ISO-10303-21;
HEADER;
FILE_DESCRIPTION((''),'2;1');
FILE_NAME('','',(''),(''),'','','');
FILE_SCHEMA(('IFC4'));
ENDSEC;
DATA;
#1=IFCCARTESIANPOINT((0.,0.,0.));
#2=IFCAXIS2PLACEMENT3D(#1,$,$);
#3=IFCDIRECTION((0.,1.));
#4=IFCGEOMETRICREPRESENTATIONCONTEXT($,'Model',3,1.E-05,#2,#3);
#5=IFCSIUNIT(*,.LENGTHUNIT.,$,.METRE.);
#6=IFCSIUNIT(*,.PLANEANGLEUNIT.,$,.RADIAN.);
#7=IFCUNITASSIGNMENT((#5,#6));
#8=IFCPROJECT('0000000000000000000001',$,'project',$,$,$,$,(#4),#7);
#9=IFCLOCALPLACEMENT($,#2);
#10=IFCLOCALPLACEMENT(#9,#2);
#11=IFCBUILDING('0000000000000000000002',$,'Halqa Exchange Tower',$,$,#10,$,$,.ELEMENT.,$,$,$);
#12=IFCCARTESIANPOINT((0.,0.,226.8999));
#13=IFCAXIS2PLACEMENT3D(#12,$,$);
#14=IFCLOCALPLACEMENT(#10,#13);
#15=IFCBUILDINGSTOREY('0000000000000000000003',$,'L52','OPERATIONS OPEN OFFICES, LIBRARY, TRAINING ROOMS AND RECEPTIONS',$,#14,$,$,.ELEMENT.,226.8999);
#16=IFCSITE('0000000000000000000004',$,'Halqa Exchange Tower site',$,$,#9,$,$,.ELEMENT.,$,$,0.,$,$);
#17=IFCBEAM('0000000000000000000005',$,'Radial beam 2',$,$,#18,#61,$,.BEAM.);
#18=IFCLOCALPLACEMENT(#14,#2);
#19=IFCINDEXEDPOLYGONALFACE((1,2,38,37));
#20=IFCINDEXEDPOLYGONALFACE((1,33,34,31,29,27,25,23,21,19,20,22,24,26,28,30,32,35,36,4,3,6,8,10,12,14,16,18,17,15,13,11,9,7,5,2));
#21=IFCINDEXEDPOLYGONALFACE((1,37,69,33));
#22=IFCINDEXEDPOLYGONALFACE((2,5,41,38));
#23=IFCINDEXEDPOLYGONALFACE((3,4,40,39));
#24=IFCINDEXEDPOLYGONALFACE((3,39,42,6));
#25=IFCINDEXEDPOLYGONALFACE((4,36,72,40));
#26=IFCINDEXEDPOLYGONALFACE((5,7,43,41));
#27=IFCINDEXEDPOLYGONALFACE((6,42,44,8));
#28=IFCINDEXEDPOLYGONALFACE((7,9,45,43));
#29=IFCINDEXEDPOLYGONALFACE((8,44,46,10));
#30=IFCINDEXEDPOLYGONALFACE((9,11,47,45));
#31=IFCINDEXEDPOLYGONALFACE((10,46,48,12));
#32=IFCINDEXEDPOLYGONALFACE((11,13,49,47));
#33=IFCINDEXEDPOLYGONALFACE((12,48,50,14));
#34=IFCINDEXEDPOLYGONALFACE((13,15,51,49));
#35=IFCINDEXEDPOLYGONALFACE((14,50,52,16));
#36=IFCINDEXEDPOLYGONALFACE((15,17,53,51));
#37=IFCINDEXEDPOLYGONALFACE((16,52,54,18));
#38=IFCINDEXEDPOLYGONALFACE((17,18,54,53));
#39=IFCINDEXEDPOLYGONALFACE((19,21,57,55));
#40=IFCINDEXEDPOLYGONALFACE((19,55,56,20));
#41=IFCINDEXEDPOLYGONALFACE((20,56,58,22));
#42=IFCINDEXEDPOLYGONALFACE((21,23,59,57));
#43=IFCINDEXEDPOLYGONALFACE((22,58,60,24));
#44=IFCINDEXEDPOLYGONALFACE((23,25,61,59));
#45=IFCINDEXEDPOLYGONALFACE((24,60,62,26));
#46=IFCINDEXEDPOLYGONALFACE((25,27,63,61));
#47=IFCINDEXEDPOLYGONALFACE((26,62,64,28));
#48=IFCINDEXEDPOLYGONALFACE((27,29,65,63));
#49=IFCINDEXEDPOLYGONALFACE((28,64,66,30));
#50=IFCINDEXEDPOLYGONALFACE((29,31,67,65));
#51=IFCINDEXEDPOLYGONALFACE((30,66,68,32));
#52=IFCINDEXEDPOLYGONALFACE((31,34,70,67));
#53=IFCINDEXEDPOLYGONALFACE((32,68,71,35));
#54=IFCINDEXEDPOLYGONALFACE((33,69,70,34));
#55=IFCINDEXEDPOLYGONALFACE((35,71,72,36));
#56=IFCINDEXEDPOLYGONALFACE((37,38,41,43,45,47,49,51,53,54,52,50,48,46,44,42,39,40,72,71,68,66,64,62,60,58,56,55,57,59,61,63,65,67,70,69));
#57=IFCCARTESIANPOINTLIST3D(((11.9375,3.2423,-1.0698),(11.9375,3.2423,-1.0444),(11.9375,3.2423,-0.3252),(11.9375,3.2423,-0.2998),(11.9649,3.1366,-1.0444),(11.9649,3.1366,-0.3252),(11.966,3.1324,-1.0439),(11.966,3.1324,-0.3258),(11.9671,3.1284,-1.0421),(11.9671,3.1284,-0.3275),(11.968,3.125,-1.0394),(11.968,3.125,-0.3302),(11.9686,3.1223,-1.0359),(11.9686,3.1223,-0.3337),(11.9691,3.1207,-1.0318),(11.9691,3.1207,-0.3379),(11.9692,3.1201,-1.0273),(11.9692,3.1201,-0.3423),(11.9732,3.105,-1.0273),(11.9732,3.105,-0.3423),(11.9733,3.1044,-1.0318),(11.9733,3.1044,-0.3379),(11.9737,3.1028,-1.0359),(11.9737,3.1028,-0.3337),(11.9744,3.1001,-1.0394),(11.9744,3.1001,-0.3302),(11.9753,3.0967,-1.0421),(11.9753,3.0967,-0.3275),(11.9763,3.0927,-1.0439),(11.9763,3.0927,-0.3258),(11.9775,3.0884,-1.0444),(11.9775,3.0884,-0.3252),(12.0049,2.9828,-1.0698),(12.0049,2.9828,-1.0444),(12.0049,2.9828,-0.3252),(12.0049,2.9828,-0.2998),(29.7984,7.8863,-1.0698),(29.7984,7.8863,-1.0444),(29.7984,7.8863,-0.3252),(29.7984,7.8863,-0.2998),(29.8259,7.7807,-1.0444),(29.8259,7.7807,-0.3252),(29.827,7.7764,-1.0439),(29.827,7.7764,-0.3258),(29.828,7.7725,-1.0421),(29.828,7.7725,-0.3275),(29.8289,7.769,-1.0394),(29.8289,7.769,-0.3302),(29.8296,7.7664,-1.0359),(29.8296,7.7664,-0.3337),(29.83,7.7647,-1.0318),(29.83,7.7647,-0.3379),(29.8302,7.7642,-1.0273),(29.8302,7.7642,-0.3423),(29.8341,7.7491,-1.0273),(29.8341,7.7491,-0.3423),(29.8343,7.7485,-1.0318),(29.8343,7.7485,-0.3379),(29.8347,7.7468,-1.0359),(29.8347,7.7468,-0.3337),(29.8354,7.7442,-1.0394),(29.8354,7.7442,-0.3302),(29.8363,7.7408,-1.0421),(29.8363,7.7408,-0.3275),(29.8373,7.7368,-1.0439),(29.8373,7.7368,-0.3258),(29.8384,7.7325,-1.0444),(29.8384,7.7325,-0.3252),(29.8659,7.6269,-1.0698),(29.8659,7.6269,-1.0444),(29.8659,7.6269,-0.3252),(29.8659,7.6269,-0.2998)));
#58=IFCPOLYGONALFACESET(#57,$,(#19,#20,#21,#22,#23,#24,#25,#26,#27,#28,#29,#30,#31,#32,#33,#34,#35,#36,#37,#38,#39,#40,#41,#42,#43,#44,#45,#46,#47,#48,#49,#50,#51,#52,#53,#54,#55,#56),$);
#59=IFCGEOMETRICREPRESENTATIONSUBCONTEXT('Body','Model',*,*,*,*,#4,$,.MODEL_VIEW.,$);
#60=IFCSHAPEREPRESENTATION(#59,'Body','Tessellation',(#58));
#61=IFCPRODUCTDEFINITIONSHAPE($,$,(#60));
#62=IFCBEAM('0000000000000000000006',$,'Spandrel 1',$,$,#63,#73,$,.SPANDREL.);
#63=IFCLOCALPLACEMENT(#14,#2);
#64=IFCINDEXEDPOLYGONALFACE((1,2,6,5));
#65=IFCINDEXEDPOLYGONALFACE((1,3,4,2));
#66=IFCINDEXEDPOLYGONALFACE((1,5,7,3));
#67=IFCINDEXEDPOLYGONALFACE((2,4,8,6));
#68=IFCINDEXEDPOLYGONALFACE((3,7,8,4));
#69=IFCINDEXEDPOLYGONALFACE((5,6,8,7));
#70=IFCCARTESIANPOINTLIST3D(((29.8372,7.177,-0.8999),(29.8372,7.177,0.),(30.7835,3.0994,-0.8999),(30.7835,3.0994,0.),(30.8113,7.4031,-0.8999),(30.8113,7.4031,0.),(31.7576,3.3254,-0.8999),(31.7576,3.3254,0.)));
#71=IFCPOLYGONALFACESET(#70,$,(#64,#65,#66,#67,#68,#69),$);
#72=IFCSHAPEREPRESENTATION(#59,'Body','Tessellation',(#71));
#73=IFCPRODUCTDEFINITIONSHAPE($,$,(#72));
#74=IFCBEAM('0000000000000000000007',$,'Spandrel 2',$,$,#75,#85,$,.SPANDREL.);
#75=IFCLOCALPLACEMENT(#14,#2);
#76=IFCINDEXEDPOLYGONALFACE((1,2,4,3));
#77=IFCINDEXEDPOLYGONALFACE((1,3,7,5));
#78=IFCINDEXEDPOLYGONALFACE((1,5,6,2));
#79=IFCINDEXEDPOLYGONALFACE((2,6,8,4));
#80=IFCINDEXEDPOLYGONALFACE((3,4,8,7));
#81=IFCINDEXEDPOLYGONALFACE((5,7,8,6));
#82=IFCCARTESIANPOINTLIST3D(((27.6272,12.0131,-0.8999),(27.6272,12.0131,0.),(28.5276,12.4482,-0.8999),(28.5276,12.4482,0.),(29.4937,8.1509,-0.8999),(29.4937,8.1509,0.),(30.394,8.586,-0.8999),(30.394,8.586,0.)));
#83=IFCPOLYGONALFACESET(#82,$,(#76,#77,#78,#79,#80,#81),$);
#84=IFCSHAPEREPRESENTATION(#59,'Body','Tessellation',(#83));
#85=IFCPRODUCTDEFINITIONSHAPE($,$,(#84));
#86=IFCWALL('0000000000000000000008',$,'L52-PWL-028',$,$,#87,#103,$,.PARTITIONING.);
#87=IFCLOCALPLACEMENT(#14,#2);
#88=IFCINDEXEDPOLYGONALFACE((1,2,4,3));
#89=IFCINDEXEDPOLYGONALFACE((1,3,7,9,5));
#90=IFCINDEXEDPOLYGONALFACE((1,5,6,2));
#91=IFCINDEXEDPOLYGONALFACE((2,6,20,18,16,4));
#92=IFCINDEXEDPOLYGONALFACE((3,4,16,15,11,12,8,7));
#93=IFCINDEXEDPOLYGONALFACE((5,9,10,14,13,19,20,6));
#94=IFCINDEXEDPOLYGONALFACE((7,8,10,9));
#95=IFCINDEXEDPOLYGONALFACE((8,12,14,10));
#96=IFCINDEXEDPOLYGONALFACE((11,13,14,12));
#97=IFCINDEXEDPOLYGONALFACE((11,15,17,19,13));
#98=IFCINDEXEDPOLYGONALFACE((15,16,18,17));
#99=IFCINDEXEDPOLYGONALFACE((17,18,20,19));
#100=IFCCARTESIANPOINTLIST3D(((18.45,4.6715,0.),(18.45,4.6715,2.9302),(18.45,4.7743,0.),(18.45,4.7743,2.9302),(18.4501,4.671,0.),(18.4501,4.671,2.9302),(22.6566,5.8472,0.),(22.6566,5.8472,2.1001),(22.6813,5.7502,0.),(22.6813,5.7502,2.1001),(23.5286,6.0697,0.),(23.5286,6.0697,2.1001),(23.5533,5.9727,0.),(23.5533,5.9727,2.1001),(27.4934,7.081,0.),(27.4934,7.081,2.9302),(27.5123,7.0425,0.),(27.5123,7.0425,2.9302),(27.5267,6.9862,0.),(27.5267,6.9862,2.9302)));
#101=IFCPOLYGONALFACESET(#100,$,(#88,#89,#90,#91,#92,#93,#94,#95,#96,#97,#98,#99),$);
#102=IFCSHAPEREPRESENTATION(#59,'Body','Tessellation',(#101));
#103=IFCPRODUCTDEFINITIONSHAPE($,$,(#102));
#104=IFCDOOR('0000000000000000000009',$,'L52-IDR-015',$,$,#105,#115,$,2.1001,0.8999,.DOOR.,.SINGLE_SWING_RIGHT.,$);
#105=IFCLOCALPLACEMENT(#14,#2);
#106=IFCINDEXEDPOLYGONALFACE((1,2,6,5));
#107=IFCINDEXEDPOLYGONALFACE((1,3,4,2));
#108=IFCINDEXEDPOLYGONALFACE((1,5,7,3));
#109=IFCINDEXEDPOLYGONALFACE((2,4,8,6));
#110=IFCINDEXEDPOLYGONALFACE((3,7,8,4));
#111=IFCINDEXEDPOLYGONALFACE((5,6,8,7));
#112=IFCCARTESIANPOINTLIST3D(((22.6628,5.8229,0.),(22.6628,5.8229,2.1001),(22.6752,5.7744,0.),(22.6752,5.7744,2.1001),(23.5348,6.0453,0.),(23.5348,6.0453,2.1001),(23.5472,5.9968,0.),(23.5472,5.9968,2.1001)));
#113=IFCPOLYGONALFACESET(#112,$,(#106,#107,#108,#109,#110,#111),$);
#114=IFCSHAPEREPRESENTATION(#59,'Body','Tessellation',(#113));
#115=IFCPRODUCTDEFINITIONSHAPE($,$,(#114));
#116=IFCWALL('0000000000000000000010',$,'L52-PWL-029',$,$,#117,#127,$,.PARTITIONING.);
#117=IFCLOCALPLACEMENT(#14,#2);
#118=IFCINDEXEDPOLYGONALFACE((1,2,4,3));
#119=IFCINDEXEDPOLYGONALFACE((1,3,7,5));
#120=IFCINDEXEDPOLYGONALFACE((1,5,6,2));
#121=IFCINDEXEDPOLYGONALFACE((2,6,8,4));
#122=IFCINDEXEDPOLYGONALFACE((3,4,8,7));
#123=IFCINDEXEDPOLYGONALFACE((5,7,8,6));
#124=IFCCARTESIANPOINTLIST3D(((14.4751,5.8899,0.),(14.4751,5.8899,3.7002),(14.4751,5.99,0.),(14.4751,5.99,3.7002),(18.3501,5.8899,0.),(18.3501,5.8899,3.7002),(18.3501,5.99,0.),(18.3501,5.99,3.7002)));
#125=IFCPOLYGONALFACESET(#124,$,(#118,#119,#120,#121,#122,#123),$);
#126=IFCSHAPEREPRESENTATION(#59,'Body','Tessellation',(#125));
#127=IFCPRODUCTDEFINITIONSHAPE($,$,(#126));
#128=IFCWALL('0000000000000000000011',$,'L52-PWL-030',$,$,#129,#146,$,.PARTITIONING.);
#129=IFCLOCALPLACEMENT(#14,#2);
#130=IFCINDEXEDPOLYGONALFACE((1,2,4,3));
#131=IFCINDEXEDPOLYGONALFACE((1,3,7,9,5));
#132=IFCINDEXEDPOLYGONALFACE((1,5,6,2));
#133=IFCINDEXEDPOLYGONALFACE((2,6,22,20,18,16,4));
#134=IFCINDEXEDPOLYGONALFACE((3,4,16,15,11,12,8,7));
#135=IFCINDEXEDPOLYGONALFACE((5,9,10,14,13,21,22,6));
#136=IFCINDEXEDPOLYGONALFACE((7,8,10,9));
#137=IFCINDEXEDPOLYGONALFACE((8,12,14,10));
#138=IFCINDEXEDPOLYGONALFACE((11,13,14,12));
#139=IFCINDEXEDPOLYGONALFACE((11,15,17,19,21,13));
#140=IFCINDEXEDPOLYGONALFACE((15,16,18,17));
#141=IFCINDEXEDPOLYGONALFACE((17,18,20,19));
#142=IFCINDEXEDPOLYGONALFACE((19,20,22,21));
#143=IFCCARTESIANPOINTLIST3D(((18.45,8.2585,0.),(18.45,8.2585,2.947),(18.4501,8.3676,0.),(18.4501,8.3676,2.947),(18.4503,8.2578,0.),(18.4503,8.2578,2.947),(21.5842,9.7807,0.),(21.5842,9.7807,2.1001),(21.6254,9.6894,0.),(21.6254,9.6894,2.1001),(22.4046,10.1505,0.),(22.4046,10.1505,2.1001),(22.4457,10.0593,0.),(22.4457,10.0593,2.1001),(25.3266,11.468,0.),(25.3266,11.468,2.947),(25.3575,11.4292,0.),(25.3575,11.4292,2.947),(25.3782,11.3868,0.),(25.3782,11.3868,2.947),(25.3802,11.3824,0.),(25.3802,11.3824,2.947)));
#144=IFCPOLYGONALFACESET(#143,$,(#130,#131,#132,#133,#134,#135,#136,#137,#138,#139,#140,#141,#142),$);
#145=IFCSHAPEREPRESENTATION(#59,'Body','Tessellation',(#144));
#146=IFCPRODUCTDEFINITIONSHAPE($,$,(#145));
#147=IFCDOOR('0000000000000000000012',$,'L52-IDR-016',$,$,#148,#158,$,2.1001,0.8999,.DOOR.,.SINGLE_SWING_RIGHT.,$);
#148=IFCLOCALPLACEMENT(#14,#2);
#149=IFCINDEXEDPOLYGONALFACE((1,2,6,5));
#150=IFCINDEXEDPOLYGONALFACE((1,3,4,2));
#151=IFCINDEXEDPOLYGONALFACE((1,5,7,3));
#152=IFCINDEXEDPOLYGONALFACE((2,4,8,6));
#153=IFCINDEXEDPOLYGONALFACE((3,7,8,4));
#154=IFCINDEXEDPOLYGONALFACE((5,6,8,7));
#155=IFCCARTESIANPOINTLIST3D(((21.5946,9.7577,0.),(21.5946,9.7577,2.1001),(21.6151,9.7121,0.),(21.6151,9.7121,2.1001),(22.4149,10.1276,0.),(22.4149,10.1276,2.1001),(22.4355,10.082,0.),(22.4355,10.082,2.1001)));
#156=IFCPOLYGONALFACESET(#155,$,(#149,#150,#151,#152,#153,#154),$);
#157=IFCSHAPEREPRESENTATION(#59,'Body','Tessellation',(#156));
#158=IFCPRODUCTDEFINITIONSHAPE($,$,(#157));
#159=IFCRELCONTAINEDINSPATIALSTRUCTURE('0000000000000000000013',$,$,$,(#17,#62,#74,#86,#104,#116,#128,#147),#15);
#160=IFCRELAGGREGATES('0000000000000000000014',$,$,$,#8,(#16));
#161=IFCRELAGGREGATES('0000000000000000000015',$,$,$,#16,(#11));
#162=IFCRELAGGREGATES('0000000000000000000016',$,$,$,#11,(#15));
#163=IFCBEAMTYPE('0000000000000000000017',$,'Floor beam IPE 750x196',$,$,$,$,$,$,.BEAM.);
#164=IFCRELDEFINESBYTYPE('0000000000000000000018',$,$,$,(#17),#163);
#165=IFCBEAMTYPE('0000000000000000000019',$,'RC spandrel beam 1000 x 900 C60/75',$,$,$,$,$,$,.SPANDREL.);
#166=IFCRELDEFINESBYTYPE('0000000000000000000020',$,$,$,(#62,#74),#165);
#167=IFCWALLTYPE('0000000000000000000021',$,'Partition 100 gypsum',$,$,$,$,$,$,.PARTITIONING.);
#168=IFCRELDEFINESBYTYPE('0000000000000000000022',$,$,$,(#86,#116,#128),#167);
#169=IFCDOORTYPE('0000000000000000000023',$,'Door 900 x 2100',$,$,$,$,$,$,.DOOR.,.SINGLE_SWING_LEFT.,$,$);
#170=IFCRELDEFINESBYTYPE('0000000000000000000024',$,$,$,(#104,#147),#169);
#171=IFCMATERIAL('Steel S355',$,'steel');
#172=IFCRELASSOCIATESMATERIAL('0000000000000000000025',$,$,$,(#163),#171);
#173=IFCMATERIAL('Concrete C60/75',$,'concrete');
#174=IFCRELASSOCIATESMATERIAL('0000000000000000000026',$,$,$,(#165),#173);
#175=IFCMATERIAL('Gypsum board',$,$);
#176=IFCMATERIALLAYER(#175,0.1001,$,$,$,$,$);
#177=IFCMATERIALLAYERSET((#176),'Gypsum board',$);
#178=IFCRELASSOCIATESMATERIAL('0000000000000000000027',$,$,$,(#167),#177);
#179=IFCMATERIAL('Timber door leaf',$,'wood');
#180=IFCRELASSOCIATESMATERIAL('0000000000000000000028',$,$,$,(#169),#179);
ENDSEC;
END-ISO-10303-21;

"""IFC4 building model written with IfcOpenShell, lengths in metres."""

from ifc_helpers import new_model, si_unit, direction, frame, frame_2d, origin, origin_2d, place, context, subcontext, project, spatial, polyline, rectangle, i_section, outline, extrude, material, layer, layer_set, material_profile, profile_set, type_object, element, fill, save


model = new_model("IFC4")

# Units and contexts
model_context = context("Model", 3, precision=1e-05, world=origin(), true_north=direction((0.0, 1.0)))
body_context = subcontext(model_context, "Body", "Model", "MODEL_VIEW")
ifc_project = project(units=[si_unit("LENGTHUNIT", "METRE"), si_unit("PLANEANGLEUNIT", "RADIAN")], contexts=[model_context])

# Site, building, storey
site_placement = place(None, origin())
site = spatial("IfcSite", under=ifc_project, at=site_placement, Name="Halqa Exchange Tower site", CompositionType="ELEMENT", RefElevation=0.0)
building_placement = place(site_placement, origin())
building = spatial("IfcBuilding", under=site, at=building_placement, Name="Halqa Exchange Tower", CompositionType="ELEMENT")
storey_placement = place(building_placement, frame((0.0, 0.0, 226.8999)))
storey = spatial("IfcBuildingStorey", under=building, at=storey_placement, Name="L52", Description="OPERATIONS OPEN OFFICES, LIBRARY, TRAINING ROOMS AND RECEPTIONS", CompositionType="ELEMENT", Elevation=226.8999)

# Shared definitions
ifc_material_1 = material(Name="Concrete C60/75", Category="concrete")

# Beams
ifc_material_2 = material(Name="Steel S355", Category="steel")
ifc_material_profile_1 = material_profile(ifc_material_2, i_section(OverallWidth=0.2681, OverallDepth=0.77, WebThickness=0.0156, FlangeThickness=0.0254, FilletRadius=0.0171, at=origin_2d()), Name="IPE 750x196")
ifc_profile_set_1 = profile_set([ifc_material_profile_1], Name="Steel S355")
beam_type_1 = type_object("IfcBeamType", Name="Floor beam IPE 750x196", PredefinedType="BEAM", material=ifc_profile_set_1)
beam_1_placement = place(storey_placement, frame((11.9712, 3.1125, -0.6848), z_axis=(0.96782, 0.251645, 0.0), x_axis=(-0.251645, 0.96782, 0.0)))
element("IfcBeam", 1, at=beam_1_placement, inside=storey, type_object=beam_type_1, Name="Radial beam 2", PredefinedType="BEAM", context=body_context, shape_type="SweptSolid", body=[
    extrude(i_section(OverallWidth=0.2681, OverallDepth=0.77, WebThickness=0.0156, FlangeThickness=0.0254, FilletRadius=0.0171, at=origin_2d()), origin(), (0.0, 0.0, 1.0), 18.4548),
])
ifc_material_profile_2 = material_profile(ifc_material_1, rectangle(XDim=1.0, YDim=0.8999, at=origin_2d()), Name="1000 x 900")
ifc_profile_set_2 = profile_set([ifc_material_profile_2], Name="Concrete C60/75")
beam_type_2 = type_object("IfcBeamType", Name="RC spandrel beam 1000 x 900 C60/75", PredefinedType="SPANDREL", material=ifc_profile_set_2)
beam_2_placement = place(storey_placement, frame((31.2705, 3.2124, -0.45), z_axis=(-0.226061, 0.974113, 0.0), x_axis=(-0.974113, -0.226061, 0.0)))
element("IfcBeam", 2, at=beam_2_placement, inside=storey, type_object=beam_type_2, Name="Spandrel 1", PredefinedType="SPANDREL", context=body_context, shape_type="SweptSolid", body=[
    extrude(rectangle(XDim=1.0, YDim=0.8999, at=origin_2d()), origin(), (0.0, 0.0, 1.0), 4.186),
])
beam_3_placement = place(storey_placement, frame((29.9438, 8.3684, -0.45), z_axis=(-0.435107, 0.900379, 0.0), x_axis=(-0.900379, -0.435107, 0.0)))
element("IfcBeam", 3, at=beam_3_placement, inside=storey, type_object=beam_type_2, Name="Spandrel 2", PredefinedType="SPANDREL", context=body_context, shape_type="SweptSolid", body=[
    extrude(rectangle(XDim=1.0, YDim=0.8999, at=origin_2d()), origin(), (0.0, 0.0, 1.0), 4.2896),
])

# Wall, opening, door
ifc_material_3 = material(Name="Gypsum board")
ifc_layer_1 = layer(ifc_material_3, 0.1001)
ifc_layer_set_1 = layer_set([ifc_layer_1], Name="Gypsum board")
wall_type_1 = type_object("IfcWallType", Name="Partition 100 gypsum", PredefinedType="PARTITIONING", material=ifc_layer_set_1)
wall_1_placement = place(storey_placement, frame((18.4377, 4.7195, 0.0), z_axis=(0.0, 0.0, 1.0), x_axis=(0.968976, 0.247157, 0.0)))
wall_1 = element("IfcWall", 4, at=wall_1_placement, inside=storey, type_object=wall_type_1, Name="L52-PWL-028", PredefinedType="PARTITIONING", context=body_context, shape_type="SweptSolid", body=[
    extrude(outline(polyline([(9.3672, -0.05), (9.3672, 0.0081), (9.3584, 0.05), (7.4917, 0.05), (5.6252, 0.05), (3.7585, 0.05), (1.8921, 0.05), (0.0254, 0.05), (0.0, -0.0496), (0.0, -0.05), (1.8735, -0.05), (3.7468, -0.05), (5.6204, -0.05), (7.4937, -0.05), (9.3672, -0.05)])), origin(), (0.0, 0.0, 1.0), 2.9302),
])
opening_1_placement = place(wall_1_placement, frame((4.3667, 0.0, 0.0)))
opening_1 = element("IfcOpeningElement", 5, at=opening_1_placement, cuts=wall_1, PredefinedType="OPENING", context=body_context, shape_type="SweptSolid", body=[
    extrude(rectangle(XDim=0.8999, YDim=2.1001, at=frame_2d((0.45, 1.05))), frame((0.0, 0.062, 0.0), z_axis=(0.0, -1.0, 0.0), x_axis=(1.0, 0.0, 0.0)), (0.0, 0.0, 1.0), 0.124),
])
ifc_material_4 = material(Name="Timber door leaf", Category="wood")
door_type_1 = type_object("IfcDoorType", Name="Door 900 x 2100", OperationType="SINGLE_SWING_LEFT", PredefinedType="DOOR", material=ifc_material_4)
door_1_placement = place(opening_1_placement, origin())
door_1 = element("IfcDoor", 6, at=door_1_placement, inside=storey, type_object=door_type_1, Name="L52-IDR-015", OperationType="SINGLE_SWING_RIGHT", OverallHeight=2.1001, OverallWidth=0.8999, PredefinedType="DOOR", context=body_context, shape_type="SweptSolid", body=[
    extrude(rectangle(XDim=0.8999, YDim=2.1001, at=frame_2d((0.45, 1.05))), frame((0.0, 0.0249, 0.0), z_axis=(0.0, -1.0, 0.0), x_axis=(1.0, 0.0, 0.0)), (0.0, 0.0, 1.0), 0.05),
])
fill(opening_1, door_1)

# Wall
wall_2_placement = place(storey_placement, frame((18.3501, 5.9399, 0.0), z_axis=(0.0, 0.0, 1.0), x_axis=(-1.0, 0.0, 0.0)))
element("IfcWall", 7, at=wall_2_placement, inside=storey, type_object=wall_type_1, Name="L52-PWL-029", PredefinedType="PARTITIONING", context=body_context, shape_type="SweptSolid", body=[
    extrude(rectangle(XDim=3.875, YDim=0.1001, at=frame_2d((1.9375, 0.0))), origin(), (0.0, 0.0, 1.0), 3.7002),
])

# Wall, opening, door
wall_3_placement = place(storey_placement, frame((18.4297, 8.3035, 0.0), z_axis=(0.0, 0.0, 1.0), x_axis=(0.911624, 0.411026, 0.0)))
wall_3 = element("IfcWall", 8, at=wall_3_placement, inside=storey, type_object=wall_type_1, Name="L52-PWL-030", PredefinedType="PARTITIONING", context=body_context, shape_type="SweptSolid", body=[
    extrude(outline(polyline([(7.6018, -0.05), (7.6018, -0.0452), (7.6003, 0.002), (7.5881, 0.05), (5.7024, 0.05), (3.8164, 0.05), (1.9307, 0.05), (0.0449, 0.05), (0.0, -0.0493), (0.0, -0.05), (1.9004, -0.05), (3.8008, -0.05), (5.7014, -0.05), (7.6018, -0.05)])), origin(), (0.0, 0.0, 1.0), 2.947),
])
opening_2_placement = place(wall_3_placement, frame((3.4829, 0.0, 0.0)))
opening_2 = element("IfcOpeningElement", 9, at=opening_2_placement, cuts=wall_3, PredefinedType="OPENING", context=body_context, shape_type="SweptSolid", body=[
    extrude(rectangle(XDim=0.8999, YDim=2.1001, at=frame_2d((0.45, 1.05))), frame((0.0, 0.062, 0.0), z_axis=(0.0, -1.0, 0.0), x_axis=(1.0, 0.0, 0.0)), (0.0, 0.0, 1.0), 0.124),
])
door_2_placement = place(opening_2_placement, origin())
door_2 = element("IfcDoor", 10, at=door_2_placement, inside=storey, type_object=door_type_1, Name="L52-IDR-016", OperationType="SINGLE_SWING_RIGHT", OverallHeight=2.1001, OverallWidth=0.8999, PredefinedType="DOOR", context=body_context, shape_type="SweptSolid", body=[
    extrude(rectangle(XDim=0.8999, YDim=2.1001, at=frame_2d((0.45, 1.05))), frame((0.0, 0.0249, 0.0), z_axis=(0.0, -1.0, 0.0), x_axis=(1.0, 0.0, 0.0)), (0.0, 0.0, 1.0), 0.05),
])
fill(opening_2, door_2)

save(model, "model.ifc")
